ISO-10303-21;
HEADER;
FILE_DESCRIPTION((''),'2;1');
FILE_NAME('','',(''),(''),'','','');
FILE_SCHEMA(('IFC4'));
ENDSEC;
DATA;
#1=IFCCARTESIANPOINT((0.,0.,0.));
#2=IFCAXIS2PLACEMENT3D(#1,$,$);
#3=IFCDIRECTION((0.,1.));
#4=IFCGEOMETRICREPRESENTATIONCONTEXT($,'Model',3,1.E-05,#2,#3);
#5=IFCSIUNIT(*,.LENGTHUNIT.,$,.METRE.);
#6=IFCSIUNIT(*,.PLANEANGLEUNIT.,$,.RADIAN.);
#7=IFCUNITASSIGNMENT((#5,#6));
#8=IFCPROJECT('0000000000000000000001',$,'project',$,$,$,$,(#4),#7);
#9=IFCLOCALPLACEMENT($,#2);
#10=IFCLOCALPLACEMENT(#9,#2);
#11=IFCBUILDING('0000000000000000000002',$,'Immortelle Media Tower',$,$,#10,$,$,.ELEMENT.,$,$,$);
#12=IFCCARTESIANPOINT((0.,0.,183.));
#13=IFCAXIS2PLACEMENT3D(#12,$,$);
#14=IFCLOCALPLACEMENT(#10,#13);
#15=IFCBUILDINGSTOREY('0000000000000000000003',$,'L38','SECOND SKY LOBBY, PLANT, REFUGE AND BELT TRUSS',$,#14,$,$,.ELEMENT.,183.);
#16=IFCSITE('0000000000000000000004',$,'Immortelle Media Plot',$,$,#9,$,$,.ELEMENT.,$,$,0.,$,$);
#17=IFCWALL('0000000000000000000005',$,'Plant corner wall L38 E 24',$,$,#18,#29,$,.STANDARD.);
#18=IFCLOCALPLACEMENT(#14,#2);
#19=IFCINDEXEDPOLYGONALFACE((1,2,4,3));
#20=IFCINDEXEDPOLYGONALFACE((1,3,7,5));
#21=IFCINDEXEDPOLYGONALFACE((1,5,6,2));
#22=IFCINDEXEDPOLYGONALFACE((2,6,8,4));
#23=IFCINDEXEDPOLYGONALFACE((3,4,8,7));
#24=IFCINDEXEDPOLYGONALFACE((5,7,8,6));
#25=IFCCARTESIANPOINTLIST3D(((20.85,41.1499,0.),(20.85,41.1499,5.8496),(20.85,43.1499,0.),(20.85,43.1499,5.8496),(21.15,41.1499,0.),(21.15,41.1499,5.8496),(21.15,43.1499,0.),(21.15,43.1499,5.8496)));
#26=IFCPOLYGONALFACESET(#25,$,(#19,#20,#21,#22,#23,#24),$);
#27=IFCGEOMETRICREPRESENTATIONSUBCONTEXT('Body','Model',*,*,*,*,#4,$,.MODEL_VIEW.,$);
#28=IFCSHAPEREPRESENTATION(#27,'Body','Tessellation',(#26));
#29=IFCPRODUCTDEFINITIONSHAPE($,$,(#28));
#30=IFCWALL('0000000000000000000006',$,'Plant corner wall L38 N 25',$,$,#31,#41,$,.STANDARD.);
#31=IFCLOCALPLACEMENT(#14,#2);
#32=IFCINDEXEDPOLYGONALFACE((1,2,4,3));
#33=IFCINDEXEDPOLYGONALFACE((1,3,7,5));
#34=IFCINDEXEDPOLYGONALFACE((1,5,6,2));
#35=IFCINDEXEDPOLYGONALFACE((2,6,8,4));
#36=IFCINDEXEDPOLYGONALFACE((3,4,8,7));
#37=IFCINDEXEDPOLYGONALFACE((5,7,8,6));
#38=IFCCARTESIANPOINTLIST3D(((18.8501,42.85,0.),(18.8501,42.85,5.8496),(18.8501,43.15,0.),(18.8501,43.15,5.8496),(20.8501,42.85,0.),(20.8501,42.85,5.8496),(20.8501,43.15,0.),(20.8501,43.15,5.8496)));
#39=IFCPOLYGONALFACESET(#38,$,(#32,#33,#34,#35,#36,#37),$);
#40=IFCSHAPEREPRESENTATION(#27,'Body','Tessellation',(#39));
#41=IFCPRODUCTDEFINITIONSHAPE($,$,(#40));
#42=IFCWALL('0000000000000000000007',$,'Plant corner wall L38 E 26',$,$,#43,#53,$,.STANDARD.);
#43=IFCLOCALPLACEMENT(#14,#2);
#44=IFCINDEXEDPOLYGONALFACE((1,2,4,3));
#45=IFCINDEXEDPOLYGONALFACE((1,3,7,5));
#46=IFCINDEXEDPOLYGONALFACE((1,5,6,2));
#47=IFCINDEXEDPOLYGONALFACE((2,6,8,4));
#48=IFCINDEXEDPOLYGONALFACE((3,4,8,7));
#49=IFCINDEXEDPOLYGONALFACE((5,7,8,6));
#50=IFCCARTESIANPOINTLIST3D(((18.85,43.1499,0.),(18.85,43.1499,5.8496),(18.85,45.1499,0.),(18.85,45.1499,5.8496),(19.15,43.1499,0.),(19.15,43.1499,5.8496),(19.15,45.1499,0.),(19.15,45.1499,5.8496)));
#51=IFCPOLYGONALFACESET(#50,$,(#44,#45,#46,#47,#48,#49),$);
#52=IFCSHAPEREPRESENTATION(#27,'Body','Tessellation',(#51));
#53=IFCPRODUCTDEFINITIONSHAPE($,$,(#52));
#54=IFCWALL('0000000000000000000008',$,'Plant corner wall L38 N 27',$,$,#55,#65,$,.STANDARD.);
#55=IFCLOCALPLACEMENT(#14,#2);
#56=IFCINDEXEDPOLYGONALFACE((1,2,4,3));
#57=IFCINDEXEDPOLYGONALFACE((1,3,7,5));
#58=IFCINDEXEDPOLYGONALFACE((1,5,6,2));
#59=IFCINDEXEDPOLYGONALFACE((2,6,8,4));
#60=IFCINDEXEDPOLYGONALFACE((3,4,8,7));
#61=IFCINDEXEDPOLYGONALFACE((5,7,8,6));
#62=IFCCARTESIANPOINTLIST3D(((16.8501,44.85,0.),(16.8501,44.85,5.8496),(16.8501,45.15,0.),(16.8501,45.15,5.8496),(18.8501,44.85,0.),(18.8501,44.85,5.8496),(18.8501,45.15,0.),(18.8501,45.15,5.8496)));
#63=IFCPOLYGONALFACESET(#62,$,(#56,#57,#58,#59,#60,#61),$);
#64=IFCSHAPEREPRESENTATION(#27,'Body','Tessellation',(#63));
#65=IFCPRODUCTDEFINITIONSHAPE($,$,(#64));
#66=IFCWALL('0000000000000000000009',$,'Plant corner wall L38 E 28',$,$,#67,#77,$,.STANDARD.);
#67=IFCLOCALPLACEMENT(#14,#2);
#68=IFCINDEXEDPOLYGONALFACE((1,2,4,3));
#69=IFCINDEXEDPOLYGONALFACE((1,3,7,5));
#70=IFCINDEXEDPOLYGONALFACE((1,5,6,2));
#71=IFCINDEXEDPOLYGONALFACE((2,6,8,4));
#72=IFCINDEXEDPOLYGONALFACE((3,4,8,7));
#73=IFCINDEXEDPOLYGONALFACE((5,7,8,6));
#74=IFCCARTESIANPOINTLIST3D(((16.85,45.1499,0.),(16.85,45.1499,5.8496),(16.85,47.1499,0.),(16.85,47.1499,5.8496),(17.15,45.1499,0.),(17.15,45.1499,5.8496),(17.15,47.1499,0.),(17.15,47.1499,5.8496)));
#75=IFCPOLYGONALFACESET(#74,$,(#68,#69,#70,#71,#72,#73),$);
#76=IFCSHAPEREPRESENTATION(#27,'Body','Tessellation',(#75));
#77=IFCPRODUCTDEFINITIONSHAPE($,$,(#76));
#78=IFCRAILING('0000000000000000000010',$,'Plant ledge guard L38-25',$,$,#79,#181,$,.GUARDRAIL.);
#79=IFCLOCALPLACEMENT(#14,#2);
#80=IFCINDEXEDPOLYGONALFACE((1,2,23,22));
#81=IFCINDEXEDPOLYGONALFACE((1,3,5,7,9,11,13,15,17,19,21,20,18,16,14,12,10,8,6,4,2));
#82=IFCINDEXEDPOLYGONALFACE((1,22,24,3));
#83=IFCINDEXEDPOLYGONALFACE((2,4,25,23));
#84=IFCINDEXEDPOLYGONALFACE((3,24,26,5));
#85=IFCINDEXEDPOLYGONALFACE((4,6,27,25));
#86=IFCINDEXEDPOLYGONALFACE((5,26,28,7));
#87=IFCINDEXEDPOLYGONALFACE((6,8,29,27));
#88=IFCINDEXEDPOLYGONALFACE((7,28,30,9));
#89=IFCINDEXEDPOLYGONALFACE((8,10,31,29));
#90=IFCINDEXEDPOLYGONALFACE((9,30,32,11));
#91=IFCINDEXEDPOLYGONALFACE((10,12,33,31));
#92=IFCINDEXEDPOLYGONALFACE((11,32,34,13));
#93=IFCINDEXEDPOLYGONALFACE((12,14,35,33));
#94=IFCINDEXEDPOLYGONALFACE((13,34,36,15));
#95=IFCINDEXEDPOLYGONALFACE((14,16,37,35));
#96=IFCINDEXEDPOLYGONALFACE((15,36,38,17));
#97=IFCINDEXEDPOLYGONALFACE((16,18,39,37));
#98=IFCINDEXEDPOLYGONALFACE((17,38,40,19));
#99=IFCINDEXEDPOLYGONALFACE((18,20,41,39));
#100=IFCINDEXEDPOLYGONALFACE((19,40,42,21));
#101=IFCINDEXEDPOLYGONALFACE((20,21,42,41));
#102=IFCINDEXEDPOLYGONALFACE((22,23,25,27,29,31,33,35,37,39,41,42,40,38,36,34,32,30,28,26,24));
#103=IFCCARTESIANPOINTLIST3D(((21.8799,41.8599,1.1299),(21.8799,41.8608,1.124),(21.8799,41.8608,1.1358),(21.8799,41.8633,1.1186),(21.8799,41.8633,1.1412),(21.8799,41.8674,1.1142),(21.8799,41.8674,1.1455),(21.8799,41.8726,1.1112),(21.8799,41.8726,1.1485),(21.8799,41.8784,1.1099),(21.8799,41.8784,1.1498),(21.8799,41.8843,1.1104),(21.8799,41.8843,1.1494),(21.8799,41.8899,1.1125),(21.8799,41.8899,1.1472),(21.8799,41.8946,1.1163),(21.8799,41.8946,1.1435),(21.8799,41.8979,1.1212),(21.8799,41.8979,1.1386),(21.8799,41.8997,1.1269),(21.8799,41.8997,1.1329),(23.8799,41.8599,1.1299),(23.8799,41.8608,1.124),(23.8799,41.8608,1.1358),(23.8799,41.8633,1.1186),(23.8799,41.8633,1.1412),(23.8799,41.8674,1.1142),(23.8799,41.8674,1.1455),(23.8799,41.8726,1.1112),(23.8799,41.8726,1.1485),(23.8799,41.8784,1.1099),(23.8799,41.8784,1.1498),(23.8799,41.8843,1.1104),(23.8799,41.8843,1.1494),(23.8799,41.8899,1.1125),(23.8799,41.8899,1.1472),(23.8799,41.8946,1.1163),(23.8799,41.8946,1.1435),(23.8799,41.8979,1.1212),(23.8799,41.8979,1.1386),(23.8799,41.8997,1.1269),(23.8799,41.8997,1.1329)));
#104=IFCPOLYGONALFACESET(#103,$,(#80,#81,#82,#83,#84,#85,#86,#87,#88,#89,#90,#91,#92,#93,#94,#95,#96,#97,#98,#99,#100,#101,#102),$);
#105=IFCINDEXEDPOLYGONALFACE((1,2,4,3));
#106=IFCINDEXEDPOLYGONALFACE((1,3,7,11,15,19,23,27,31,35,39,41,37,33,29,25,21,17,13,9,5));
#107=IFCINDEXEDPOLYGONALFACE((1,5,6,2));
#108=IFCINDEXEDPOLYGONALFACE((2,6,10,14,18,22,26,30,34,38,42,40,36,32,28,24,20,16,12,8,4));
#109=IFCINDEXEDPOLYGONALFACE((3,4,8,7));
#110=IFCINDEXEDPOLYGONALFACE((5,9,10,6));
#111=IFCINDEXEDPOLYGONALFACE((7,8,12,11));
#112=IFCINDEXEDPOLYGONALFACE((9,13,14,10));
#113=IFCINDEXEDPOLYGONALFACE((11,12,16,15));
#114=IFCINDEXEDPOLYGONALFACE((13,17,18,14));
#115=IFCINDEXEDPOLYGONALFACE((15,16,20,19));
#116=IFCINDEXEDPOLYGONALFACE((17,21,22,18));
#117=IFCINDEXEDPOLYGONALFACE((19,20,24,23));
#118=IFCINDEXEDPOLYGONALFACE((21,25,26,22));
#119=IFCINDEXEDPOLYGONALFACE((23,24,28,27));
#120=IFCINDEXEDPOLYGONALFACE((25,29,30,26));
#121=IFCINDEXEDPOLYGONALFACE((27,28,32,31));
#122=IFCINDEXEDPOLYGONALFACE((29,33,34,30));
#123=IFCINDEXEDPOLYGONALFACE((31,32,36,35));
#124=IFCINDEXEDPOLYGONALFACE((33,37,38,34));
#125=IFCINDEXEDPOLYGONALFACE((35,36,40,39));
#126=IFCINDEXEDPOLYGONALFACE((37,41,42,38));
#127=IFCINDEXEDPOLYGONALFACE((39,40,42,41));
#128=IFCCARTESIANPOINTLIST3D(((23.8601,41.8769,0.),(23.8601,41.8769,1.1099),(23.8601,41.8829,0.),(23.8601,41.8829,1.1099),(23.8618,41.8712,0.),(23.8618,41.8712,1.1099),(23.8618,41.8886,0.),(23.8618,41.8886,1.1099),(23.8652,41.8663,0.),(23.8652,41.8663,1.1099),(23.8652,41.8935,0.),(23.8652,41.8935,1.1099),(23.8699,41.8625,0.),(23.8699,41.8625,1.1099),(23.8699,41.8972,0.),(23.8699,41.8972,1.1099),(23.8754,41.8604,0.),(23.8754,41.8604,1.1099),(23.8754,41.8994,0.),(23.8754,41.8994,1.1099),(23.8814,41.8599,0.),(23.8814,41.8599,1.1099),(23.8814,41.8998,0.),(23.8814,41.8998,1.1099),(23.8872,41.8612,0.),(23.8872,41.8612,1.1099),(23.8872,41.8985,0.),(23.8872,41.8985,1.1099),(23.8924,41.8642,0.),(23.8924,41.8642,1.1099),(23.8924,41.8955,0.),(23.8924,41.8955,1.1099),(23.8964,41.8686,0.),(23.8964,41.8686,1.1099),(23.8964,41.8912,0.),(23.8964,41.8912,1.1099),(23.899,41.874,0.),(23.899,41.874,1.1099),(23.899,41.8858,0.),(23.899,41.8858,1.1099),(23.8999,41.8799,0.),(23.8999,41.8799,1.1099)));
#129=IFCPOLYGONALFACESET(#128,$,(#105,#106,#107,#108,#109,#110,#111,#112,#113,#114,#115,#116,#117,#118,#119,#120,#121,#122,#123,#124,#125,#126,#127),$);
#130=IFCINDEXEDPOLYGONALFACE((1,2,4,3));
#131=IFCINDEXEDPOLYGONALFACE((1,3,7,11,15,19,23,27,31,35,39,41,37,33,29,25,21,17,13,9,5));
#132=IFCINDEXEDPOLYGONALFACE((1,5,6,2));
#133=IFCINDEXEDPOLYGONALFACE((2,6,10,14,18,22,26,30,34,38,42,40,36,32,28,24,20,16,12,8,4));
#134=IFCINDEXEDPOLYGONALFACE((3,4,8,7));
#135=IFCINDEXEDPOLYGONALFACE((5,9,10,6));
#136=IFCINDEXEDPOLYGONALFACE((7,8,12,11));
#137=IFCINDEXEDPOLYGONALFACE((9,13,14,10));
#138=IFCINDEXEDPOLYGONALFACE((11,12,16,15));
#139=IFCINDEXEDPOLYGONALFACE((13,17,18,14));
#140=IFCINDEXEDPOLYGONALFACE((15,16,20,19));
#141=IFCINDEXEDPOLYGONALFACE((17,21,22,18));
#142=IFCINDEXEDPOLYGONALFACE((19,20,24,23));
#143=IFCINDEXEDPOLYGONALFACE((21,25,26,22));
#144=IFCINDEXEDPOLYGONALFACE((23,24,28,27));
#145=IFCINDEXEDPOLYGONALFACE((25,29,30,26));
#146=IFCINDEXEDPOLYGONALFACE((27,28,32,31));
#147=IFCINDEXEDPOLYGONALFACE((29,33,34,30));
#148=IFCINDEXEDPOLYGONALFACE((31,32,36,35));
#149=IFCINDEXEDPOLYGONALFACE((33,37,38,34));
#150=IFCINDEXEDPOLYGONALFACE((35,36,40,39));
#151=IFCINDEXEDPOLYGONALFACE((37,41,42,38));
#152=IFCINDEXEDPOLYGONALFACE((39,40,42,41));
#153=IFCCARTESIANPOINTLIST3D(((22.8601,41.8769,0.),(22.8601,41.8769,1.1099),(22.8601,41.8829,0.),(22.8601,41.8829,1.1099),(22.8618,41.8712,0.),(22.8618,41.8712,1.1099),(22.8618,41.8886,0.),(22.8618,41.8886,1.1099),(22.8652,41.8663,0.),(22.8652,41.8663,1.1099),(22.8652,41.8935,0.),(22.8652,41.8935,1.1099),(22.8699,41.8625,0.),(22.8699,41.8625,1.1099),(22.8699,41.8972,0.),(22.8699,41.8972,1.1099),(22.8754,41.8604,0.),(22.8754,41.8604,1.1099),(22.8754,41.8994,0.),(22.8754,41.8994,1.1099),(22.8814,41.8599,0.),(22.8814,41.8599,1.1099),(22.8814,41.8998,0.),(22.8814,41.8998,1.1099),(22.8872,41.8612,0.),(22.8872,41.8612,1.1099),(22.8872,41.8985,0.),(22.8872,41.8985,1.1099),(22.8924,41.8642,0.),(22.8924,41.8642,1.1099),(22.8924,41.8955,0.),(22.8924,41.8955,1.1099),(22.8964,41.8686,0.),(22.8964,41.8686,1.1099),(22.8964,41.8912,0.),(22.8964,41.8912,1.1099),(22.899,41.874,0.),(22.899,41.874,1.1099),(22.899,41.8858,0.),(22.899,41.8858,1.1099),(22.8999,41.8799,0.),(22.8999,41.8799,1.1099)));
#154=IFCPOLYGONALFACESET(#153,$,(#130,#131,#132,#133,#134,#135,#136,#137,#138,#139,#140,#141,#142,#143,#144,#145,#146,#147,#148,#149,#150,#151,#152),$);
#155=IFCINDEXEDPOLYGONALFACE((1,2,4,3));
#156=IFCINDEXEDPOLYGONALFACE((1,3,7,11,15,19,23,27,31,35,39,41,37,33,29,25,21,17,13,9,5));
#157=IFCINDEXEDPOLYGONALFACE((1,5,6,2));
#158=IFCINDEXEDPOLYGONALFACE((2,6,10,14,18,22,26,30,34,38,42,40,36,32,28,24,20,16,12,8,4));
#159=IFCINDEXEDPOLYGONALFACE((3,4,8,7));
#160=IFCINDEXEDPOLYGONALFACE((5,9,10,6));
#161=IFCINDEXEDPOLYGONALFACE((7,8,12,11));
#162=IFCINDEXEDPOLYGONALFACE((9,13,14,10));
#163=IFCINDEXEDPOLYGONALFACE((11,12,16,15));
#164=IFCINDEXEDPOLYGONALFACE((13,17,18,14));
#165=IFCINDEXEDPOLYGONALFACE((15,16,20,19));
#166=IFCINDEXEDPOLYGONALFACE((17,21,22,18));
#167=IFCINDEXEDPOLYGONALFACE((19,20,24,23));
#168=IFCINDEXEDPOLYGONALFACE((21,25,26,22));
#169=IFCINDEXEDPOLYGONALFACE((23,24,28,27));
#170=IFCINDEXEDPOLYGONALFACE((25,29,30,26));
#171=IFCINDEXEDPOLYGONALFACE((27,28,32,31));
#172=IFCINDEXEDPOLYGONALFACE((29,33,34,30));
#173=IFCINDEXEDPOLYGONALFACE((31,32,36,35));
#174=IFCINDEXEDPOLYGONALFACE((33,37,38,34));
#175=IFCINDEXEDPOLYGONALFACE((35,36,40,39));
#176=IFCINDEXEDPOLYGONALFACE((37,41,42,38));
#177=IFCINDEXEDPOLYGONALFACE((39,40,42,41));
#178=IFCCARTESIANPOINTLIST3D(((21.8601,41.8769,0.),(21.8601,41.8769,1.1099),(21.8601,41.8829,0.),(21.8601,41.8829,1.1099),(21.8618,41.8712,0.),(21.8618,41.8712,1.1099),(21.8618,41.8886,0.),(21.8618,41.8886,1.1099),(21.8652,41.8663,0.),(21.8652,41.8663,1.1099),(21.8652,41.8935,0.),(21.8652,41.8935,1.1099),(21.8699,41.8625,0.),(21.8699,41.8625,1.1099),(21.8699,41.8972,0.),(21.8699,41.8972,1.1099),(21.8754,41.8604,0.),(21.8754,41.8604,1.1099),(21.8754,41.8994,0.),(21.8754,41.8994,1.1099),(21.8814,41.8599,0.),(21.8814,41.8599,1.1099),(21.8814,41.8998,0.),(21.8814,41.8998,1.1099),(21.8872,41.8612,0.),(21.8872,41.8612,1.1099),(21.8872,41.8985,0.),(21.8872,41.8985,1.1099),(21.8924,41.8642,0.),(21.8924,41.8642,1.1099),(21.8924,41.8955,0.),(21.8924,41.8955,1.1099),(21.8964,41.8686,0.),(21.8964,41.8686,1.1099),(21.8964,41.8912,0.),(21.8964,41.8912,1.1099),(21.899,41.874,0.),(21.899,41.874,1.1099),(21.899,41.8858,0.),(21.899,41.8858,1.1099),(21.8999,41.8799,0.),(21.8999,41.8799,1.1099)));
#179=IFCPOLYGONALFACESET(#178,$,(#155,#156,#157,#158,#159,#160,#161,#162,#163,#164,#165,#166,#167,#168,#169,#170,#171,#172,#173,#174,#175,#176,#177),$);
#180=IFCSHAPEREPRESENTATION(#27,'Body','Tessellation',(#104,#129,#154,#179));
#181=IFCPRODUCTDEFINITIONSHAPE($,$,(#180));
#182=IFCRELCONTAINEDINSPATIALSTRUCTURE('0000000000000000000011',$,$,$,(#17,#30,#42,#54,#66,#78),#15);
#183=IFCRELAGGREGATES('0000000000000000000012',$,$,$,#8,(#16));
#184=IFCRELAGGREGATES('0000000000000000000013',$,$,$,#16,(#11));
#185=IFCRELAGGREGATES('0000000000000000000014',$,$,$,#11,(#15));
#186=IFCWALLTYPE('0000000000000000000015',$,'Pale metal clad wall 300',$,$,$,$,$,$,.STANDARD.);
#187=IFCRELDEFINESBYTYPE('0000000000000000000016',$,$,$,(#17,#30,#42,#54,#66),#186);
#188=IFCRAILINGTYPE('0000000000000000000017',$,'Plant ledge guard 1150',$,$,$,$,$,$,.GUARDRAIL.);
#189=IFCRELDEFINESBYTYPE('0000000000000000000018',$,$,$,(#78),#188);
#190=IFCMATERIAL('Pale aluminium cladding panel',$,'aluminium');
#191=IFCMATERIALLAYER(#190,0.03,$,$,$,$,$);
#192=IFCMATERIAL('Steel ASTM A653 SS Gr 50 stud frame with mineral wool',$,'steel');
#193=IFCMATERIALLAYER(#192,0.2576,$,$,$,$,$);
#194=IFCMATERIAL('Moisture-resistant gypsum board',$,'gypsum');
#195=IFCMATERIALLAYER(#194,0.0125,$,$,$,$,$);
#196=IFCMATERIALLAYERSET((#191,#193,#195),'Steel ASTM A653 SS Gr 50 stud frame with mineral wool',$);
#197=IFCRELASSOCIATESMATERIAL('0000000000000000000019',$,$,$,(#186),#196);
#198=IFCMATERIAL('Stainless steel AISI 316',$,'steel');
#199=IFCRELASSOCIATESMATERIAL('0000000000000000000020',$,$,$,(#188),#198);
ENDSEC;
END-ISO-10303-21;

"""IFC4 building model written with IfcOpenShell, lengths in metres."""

from ifc_helpers import new_model, si_unit, direction, frame, frame_2d, origin, origin_2d, place, context, subcontext, project, spatial, rectangle, circle, extrude, material, layer, layer_set, type_object, element, save


model = new_model("IFC4")

# Units and contexts
model_context = context("Model", 3, precision=1e-05, world=origin(), true_north=direction((0.0, 1.0)))
body_context = subcontext(model_context, "Body", "Model", "MODEL_VIEW")
ifc_project = project(units=[si_unit("LENGTHUNIT", "METRE"), si_unit("PLANEANGLEUNIT", "RADIAN")], contexts=[model_context])

# Site, building, storey
site_placement = place(None, origin())
site = spatial("IfcSite", under=ifc_project, at=site_placement, Name="Immortelle Media Plot", CompositionType="ELEMENT", RefElevation=0.0)
building_placement = place(site_placement, origin())
building = spatial("IfcBuilding", under=site, at=building_placement, Name="Immortelle Media Tower", CompositionType="ELEMENT")
storey_placement = place(building_placement, frame((0.0, 0.0, 183.0)))
storey = spatial("IfcBuildingStorey", under=building, at=storey_placement, Name="L38", Description="SECOND SKY LOBBY, PLANT, REFUGE AND BELT TRUSS", CompositionType="ELEMENT", Elevation=183.0)

# Walls
ifc_material_1 = material(Name="Pale aluminium cladding panel", Category="aluminium")
ifc_layer_1 = layer(ifc_material_1, 0.03)
ifc_material_2 = material(Name="Steel ASTM A653 SS Gr 50 stud frame with mineral wool", Category="steel")
ifc_layer_2 = layer(ifc_material_2, 0.2576)
ifc_material_3 = material(Name="Moisture-resistant gypsum board", Category="gypsum")
ifc_layer_3 = layer(ifc_material_3, 0.0125)
ifc_layer_set_1 = layer_set([ifc_layer_1, ifc_layer_2, ifc_layer_3], Name="Steel ASTM A653 SS Gr 50 stud frame with mineral wool")
wall_type = type_object("IfcWallType", Name="Pale metal clad wall 300", PredefinedType="STANDARD", material=ifc_layer_set_1)
for number, where, z_axis, x_axis, name in (
    (1, (21.0, 41.1499, 0.0), (0.0, 0.0, 1.0), (0.0, 1.0, 0.0), "Plant corner wall L38 E 24"),
    (2, (20.8501, 43.0, 0.0), (0.0, 0.0, 1.0), (-1.0, 0.0, 0.0), "Plant corner wall L38 N 25"),
    (3, (19.0, 43.1499, 0.0), (0.0, 0.0, 1.0), (0.0, 1.0, 0.0), "Plant corner wall L38 E 26"),
    (4, (18.8501, 45.0, 0.0), (0.0, 0.0, 1.0), (-1.0, 0.0, 0.0), "Plant corner wall L38 N 27"),
    (5, (17.0, 45.1499, 0.0), (0.0, 0.0, 1.0), (0.0, 1.0, 0.0), "Plant corner wall L38 E 28"),
):
    element("IfcWall", number, at=place(storey_placement, frame(where, z_axis=z_axis, x_axis=x_axis)), inside=storey, type_object=wall_type, Name=name, PredefinedType="STANDARD", context=body_context, shape_type="SweptSolid", body=[
        extrude(rectangle(XDim=2.0, YDim=0.3, at=frame_2d((1.0, 0.0))), origin(), (0.0, 0.0, 1.0), 5.8496),
    ])

# Railing
ifc_material_4 = material(Name="Stainless steel AISI 316", Category="steel")
railing_type = type_object("IfcRailingType", Name="Plant ledge guard 1150", PredefinedType="GUARDRAIL", material=ifc_material_4)
railing_1_placement = place(storey_placement, frame((23.8799, 41.8799, 0.0)))
element("IfcRailing", 6, at=railing_1_placement, inside=storey, type_object=railing_type, Name="Plant ledge guard L38-25", PredefinedType="GUARDRAIL", context=body_context, shape_type="SweptSolid", body=[
    extrude(circle(Radius=0.02, at=origin_2d()), frame((0.0, 0.0, 1.1299), z_axis=(-1.0, 0.0, 0.0), x_axis=(0.0, -1.0, 0.0)), (0.0, 0.0, 1.0), 2.0),
    extrude(circle(Radius=0.02, at=origin_2d()), origin(), (0.0, 0.0, 1.0), 1.1099),
    extrude(circle(Radius=0.02, at=origin_2d()), frame((-1.0, 0.0, 0.0)), (0.0, 0.0, 1.0), 1.1099),
    extrude(circle(Radius=0.02, at=origin_2d()), frame((-2.0, 0.0, 0.0)), (0.0, 0.0, 1.0), 1.1099),
])

save(model, "model.ifc")
